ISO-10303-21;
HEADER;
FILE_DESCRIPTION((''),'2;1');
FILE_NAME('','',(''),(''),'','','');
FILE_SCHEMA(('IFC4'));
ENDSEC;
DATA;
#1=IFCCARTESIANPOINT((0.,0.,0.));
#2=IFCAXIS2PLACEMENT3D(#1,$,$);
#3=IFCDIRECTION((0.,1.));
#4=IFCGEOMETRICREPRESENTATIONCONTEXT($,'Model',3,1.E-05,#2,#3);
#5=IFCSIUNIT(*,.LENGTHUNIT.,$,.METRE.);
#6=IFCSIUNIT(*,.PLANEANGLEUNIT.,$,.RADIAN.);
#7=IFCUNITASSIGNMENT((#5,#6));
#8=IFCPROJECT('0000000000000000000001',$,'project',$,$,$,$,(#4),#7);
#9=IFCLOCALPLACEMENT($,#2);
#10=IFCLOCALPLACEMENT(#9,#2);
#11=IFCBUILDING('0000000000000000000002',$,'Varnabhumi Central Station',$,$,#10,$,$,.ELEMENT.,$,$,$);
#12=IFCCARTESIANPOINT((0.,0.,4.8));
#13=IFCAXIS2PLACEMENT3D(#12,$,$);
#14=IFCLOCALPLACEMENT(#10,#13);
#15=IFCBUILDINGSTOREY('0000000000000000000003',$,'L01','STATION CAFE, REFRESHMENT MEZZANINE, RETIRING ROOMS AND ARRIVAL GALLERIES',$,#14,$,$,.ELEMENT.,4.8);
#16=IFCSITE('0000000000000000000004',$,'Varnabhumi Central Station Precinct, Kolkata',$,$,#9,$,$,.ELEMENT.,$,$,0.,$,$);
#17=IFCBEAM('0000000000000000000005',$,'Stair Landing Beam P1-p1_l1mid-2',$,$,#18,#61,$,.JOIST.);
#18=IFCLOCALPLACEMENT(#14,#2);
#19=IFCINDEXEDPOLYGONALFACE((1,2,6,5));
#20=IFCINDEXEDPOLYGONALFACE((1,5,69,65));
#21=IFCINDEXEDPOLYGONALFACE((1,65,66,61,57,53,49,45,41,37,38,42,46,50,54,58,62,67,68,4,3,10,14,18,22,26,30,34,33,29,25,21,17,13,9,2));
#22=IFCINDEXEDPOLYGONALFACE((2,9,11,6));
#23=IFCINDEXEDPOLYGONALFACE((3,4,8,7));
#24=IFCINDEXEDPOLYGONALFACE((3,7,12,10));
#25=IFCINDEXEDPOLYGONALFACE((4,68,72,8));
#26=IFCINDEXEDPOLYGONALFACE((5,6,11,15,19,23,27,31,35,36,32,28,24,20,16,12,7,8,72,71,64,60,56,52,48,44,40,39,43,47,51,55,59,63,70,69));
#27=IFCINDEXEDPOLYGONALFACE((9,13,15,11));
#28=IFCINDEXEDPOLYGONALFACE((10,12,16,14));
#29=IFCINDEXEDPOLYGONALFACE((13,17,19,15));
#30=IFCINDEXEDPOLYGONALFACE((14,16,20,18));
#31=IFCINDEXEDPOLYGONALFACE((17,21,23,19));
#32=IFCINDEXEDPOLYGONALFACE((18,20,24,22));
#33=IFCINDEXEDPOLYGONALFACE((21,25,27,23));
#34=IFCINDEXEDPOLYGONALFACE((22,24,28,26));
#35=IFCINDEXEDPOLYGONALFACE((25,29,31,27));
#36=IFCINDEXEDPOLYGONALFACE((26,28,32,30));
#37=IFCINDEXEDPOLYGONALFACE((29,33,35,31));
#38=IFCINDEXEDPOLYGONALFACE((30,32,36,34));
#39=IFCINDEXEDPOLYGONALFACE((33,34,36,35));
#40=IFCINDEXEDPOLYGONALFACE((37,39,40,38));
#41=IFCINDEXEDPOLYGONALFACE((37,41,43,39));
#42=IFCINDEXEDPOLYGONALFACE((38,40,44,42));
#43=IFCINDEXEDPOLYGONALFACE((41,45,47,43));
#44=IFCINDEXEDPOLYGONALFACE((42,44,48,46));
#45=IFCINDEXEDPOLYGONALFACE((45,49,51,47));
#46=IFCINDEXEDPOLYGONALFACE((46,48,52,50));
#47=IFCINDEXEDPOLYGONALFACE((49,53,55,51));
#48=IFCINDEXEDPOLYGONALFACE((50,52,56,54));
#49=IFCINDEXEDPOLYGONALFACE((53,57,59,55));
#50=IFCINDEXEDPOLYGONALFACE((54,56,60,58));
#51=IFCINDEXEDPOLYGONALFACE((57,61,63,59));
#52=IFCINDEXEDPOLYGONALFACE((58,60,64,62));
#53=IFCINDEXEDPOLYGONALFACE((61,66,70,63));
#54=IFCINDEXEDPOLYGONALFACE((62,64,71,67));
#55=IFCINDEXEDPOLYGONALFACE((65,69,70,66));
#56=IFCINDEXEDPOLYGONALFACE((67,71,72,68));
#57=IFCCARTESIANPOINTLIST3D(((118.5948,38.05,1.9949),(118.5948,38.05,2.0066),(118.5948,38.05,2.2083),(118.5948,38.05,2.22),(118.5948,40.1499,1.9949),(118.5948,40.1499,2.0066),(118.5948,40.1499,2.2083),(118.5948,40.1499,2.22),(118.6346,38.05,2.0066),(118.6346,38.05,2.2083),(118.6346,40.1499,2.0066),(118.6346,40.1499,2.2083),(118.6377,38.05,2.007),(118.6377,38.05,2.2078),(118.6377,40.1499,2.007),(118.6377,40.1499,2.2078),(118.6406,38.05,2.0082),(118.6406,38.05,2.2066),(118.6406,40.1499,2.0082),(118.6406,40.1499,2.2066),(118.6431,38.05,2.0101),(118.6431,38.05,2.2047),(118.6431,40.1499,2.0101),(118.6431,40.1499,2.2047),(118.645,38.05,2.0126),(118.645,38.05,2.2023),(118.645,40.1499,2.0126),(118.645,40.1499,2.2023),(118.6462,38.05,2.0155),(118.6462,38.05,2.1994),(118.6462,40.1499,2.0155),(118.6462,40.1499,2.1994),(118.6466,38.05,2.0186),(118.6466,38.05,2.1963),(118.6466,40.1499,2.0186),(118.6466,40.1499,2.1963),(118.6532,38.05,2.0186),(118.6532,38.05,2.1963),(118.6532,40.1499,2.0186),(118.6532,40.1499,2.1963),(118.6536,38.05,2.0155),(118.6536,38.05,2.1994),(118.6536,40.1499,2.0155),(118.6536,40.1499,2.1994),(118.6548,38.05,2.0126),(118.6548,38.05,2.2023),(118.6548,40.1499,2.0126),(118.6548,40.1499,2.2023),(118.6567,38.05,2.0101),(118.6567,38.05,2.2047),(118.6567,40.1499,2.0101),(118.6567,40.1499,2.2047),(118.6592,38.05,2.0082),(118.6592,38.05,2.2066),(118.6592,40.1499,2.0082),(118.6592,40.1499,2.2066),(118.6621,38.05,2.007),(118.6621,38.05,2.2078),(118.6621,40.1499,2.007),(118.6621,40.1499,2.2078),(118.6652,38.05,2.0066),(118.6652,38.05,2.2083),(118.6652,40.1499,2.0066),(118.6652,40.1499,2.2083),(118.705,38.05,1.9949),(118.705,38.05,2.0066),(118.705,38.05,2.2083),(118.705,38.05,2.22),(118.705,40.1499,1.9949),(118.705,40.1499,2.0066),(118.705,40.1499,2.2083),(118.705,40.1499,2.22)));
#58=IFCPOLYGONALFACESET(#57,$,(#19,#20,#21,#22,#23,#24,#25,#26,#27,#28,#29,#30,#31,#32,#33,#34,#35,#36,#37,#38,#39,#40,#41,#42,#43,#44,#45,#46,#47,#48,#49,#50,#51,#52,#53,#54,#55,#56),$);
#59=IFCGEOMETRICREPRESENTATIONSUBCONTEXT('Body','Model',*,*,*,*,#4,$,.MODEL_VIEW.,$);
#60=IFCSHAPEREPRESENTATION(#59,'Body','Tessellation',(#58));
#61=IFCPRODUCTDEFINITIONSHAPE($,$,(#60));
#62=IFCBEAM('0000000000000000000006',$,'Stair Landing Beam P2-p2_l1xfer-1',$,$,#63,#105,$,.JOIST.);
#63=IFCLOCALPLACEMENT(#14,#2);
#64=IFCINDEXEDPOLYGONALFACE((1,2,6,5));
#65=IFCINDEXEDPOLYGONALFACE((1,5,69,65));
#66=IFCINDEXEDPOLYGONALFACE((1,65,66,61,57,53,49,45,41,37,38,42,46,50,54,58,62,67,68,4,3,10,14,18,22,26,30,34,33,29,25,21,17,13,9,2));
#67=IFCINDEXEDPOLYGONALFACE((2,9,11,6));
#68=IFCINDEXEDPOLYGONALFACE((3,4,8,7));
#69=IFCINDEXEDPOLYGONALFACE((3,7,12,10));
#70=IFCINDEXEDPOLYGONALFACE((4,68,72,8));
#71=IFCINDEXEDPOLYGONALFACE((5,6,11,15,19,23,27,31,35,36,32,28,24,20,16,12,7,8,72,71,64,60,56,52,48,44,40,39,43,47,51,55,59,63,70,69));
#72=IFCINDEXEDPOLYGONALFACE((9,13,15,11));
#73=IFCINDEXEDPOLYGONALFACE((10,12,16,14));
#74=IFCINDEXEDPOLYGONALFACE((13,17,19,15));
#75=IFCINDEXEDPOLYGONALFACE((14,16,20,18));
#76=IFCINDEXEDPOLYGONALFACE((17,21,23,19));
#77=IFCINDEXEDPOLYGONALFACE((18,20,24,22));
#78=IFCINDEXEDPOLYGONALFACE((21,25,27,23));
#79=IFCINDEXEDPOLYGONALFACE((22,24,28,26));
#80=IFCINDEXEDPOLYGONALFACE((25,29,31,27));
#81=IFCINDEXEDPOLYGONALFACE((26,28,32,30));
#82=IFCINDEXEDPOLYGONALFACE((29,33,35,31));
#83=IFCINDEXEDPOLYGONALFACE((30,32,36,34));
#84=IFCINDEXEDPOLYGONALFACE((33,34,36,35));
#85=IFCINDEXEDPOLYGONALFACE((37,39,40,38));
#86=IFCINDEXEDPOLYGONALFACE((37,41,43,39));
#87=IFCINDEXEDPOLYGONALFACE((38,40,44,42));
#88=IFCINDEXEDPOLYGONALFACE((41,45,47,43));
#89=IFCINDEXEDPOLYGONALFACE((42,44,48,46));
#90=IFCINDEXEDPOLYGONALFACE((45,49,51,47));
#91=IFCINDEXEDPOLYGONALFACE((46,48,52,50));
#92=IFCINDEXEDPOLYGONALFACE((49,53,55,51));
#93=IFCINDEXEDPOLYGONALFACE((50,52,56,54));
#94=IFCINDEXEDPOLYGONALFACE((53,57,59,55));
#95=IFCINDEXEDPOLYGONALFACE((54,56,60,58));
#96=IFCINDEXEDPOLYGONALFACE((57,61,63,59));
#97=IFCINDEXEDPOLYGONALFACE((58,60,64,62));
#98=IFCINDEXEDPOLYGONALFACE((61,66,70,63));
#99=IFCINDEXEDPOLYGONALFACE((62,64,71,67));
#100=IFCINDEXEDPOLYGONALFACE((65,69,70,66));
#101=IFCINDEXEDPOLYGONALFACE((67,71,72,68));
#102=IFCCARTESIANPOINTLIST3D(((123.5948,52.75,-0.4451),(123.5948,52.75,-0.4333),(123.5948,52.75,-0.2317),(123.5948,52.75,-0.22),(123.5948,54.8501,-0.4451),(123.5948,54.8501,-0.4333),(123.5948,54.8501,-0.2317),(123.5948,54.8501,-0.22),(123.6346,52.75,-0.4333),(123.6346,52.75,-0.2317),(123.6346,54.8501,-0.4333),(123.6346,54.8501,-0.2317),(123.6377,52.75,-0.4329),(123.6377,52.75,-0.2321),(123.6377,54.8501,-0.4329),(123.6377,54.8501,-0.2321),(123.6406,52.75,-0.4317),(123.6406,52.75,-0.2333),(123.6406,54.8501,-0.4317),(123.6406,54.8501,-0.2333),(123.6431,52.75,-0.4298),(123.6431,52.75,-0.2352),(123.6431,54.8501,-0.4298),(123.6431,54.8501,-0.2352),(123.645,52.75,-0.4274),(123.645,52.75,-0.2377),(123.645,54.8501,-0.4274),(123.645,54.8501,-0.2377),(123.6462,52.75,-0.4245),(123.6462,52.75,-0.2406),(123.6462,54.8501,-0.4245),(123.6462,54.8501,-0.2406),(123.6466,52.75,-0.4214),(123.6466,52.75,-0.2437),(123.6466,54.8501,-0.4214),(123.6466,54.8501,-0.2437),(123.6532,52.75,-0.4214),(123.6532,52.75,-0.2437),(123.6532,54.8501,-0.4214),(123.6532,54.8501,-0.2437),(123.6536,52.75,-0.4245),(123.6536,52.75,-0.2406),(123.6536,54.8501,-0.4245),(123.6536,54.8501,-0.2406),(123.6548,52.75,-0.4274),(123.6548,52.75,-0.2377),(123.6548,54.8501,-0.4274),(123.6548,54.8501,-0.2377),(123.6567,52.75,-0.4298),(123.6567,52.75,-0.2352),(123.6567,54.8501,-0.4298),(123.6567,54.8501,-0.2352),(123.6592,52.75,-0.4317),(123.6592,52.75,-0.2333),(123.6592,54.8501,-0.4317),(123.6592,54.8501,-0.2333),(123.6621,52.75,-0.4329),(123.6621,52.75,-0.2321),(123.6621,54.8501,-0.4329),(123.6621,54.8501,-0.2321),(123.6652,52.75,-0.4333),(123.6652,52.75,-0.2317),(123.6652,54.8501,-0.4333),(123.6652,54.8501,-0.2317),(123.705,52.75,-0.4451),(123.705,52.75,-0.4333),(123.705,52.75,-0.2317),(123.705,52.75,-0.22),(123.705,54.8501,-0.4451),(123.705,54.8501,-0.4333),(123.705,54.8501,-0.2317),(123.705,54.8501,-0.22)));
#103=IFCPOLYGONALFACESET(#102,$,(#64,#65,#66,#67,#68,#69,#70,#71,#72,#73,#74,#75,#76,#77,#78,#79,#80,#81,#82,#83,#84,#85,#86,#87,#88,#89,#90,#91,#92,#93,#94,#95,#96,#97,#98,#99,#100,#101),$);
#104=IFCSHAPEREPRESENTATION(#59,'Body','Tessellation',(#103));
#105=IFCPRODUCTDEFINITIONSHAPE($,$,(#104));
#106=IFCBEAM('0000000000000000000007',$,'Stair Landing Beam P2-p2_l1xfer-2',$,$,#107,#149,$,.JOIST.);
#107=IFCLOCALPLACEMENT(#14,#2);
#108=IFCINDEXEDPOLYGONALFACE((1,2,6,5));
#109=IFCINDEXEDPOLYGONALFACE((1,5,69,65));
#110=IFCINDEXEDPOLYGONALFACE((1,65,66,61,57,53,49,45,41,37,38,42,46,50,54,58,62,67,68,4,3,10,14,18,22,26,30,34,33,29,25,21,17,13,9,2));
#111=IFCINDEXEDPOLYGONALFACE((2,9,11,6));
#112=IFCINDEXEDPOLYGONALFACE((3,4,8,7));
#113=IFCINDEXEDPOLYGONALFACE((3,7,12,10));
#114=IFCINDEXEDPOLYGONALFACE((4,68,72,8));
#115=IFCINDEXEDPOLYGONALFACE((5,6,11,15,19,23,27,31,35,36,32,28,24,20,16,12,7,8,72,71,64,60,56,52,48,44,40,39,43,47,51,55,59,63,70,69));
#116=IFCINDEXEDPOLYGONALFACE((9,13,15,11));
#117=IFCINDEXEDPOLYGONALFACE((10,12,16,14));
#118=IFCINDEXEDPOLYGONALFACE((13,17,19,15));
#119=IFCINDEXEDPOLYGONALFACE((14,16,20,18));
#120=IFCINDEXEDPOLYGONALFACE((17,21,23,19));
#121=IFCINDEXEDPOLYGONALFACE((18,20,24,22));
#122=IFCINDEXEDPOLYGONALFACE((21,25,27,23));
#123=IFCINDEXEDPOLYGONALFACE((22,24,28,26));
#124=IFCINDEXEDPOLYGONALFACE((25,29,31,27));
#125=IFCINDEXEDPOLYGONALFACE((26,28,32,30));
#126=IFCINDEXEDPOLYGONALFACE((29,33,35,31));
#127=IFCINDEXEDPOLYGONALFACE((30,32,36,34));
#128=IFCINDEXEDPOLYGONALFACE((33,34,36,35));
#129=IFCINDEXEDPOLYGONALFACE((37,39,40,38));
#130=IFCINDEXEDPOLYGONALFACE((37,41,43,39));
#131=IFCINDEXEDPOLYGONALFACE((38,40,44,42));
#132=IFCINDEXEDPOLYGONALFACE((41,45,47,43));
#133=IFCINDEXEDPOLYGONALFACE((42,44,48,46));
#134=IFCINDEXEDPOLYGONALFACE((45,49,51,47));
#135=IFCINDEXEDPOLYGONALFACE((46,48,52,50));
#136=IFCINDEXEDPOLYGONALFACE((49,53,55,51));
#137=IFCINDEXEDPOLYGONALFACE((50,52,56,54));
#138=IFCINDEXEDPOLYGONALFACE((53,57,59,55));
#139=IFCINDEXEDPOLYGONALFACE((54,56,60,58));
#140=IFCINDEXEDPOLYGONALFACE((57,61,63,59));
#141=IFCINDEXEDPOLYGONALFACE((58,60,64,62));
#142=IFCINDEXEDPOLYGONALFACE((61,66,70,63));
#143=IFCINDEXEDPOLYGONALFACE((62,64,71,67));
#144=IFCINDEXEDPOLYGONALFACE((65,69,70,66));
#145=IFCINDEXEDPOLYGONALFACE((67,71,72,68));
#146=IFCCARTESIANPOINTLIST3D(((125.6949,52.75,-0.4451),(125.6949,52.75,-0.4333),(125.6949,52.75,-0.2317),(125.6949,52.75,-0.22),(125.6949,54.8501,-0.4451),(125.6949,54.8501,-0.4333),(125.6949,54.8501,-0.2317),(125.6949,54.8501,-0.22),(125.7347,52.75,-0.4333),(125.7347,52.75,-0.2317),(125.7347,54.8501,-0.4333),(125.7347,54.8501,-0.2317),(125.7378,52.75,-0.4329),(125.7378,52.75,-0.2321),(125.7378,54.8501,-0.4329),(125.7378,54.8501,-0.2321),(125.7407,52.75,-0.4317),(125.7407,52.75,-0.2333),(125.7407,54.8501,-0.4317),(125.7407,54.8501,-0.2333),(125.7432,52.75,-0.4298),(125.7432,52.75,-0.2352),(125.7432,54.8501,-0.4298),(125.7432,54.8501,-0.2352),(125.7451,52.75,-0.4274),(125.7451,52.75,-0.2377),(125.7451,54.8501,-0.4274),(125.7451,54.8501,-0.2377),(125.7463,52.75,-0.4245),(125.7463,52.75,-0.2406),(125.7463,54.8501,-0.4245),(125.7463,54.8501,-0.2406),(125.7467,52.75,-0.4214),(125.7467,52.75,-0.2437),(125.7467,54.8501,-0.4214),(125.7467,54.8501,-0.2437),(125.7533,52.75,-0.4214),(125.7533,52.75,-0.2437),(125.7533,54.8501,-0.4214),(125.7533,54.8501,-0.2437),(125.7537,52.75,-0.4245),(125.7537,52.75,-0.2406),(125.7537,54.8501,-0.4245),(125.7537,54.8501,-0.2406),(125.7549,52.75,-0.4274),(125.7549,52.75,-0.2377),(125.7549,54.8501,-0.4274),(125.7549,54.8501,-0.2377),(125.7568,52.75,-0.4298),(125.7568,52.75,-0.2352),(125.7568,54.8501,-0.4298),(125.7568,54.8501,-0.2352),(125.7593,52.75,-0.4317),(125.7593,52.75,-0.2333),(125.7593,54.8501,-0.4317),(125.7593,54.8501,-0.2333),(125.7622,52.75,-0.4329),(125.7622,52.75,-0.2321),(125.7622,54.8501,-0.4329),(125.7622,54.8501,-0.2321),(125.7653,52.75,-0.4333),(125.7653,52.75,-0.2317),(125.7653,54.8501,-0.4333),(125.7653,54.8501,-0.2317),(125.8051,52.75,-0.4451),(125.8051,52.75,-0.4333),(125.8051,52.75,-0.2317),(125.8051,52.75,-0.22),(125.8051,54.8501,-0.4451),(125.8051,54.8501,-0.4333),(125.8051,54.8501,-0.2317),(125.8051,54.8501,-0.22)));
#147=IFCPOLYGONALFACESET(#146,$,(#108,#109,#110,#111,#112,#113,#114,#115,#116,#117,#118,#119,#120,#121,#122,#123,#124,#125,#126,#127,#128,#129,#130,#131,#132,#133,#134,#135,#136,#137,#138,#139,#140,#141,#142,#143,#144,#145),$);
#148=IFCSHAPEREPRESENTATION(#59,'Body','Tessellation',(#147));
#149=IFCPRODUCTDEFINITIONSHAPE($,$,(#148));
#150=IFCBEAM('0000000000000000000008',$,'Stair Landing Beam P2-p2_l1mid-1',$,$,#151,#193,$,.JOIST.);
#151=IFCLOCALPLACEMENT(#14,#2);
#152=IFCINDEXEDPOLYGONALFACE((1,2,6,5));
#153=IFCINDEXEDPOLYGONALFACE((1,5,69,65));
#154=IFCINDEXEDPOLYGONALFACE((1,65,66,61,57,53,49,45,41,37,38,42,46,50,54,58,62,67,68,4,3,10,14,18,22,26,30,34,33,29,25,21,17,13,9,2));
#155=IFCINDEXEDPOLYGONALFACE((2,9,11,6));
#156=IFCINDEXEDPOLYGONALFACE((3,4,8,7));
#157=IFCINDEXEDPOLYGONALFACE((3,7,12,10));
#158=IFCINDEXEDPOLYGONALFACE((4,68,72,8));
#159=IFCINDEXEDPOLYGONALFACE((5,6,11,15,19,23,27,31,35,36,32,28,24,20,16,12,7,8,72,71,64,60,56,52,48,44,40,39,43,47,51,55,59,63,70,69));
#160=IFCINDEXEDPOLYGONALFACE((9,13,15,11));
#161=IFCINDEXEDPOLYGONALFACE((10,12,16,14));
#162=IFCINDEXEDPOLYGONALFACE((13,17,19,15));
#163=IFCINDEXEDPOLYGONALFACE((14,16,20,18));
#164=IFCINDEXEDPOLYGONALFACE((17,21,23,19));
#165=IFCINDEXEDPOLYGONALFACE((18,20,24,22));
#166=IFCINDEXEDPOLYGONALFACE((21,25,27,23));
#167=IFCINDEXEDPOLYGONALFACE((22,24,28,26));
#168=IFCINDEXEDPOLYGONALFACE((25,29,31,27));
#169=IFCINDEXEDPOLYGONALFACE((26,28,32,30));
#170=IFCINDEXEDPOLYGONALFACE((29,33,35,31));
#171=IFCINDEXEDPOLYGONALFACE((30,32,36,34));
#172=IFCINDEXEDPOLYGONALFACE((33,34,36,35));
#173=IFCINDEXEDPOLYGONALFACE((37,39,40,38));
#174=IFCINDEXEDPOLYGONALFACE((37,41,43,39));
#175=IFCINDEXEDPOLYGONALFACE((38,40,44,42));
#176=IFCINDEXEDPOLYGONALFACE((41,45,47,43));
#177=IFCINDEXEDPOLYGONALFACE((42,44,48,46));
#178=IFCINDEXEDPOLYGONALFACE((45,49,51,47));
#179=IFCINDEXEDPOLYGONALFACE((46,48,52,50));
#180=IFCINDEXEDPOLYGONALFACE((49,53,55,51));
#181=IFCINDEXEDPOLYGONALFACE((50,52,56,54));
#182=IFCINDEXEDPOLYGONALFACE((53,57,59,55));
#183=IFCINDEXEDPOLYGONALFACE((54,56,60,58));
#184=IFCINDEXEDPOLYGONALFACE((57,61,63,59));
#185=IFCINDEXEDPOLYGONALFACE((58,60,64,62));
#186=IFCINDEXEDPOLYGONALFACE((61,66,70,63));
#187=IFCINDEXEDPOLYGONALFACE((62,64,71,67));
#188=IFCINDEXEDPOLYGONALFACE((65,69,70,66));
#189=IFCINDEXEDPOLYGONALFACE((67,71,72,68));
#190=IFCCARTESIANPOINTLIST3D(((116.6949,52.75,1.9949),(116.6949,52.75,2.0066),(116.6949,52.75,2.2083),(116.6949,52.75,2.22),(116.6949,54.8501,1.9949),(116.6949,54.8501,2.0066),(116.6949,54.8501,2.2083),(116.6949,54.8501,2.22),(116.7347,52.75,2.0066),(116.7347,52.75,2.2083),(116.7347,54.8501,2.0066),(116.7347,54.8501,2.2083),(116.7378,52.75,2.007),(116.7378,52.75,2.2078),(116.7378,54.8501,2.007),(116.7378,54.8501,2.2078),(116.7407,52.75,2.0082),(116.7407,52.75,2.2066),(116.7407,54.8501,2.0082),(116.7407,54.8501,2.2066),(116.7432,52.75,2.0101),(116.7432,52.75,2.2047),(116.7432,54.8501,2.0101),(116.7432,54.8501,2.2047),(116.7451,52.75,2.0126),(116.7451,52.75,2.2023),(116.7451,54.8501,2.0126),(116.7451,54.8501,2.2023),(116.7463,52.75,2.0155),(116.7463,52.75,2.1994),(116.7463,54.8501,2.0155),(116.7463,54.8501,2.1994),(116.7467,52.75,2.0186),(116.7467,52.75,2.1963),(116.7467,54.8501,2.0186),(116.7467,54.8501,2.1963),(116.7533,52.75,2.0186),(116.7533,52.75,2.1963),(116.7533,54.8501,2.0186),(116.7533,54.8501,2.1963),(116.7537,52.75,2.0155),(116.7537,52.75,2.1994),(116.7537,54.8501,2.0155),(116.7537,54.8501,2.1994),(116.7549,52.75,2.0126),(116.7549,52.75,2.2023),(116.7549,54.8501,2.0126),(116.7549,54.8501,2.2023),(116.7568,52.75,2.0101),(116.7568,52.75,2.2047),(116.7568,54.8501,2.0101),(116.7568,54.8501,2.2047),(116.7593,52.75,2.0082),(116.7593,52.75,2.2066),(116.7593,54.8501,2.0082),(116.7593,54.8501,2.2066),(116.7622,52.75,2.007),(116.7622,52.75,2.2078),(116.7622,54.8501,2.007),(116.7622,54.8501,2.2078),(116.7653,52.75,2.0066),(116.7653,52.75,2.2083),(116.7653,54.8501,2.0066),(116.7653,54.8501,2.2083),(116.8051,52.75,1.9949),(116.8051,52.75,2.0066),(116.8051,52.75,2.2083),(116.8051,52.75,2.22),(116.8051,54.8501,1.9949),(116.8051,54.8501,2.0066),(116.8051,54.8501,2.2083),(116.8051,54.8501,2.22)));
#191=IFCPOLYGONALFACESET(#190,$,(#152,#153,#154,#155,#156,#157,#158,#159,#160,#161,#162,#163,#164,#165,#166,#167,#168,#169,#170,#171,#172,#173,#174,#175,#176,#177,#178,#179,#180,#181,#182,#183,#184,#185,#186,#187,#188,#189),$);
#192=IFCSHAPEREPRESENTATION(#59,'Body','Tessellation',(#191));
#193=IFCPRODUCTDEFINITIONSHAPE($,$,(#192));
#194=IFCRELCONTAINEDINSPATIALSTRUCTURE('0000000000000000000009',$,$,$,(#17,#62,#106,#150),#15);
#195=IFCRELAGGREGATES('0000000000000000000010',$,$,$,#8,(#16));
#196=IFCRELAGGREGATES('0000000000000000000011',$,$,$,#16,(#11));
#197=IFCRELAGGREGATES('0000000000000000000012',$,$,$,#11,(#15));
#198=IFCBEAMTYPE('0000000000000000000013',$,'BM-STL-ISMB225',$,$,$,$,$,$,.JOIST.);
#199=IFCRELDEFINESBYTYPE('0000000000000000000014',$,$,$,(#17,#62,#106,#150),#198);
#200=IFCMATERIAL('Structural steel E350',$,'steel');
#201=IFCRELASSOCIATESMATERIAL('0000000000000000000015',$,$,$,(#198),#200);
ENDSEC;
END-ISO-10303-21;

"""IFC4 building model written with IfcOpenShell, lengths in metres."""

from ifc_helpers import new_model, si_unit, direction, frame, origin, origin_2d, place, context, subcontext, project, spatial, i_section, extrude, material, material_profile, profile_set, type_object, element, save


model = new_model("IFC4")

# Units and contexts
model_context = context("Model", 3, precision=1e-05, world=origin(), true_north=direction((0.0, 1.0)))
body_context = subcontext(model_context, "Body", "Model", "MODEL_VIEW")
ifc_project = project(units=[si_unit("LENGTHUNIT", "METRE"), si_unit("PLANEANGLEUNIT", "RADIAN")], contexts=[model_context])

# Site, building, storey
site_placement = place(None, origin())
site = spatial("IfcSite", under=ifc_project, at=site_placement, Name="Varnabhumi Central Station Precinct, Kolkata", CompositionType="ELEMENT", RefElevation=0.0)
building_placement = place(site_placement, origin())
building = spatial("IfcBuilding", under=site, at=building_placement, Name="Varnabhumi Central Station", CompositionType="ELEMENT")
storey_placement = place(building_placement, frame((0.0, 0.0, 4.8)))
storey = spatial("IfcBuildingStorey", under=building, at=storey_placement, Name="L01", Description="STATION CAFE, REFRESHMENT MEZZANINE, RETIRING ROOMS AND ARRIVAL GALLERIES", CompositionType="ELEMENT", Elevation=4.8)

# Beams
ifc_material_1 = material(Name="Structural steel E350", Category="steel")
ifc_material_profile_1 = material_profile(ifc_material_1, i_section(OverallWidth=0.1101, OverallDepth=0.2251, WebThickness=0.0066, FlangeThickness=0.0117, FilletRadius=0.012, at=origin_2d()), Name="Structural steel E350", Category="steel")
ifc_profile_set_1 = profile_set([ifc_material_profile_1], Name="Structural steel E350")
beam_type_1 = type_object("IfcBeamType", Name="BM-STL-ISMB225", PredefinedType="JOIST", material=ifc_profile_set_1)
for number, where, z_axis, x_axis, name in (
    (1, (118.6499, 38.05, 2.1074), (0.0, 1.0, 0.0), (-1.0, 0.0, 0.0), "Stair Landing Beam P1-p1_l1mid-2"),
):
    element("IfcBeam", number, at=place(storey_placement, frame(where, z_axis=z_axis, x_axis=x_axis)), inside=storey, type_object=beam_type_1, Name=name, PredefinedType="JOIST", context=body_context, shape_type="SweptSolid", body=[
        extrude(i_section(OverallWidth=0.1101, OverallDepth=0.2251, WebThickness=0.0066, FlangeThickness=0.0117, FilletRadius=0.012, at=origin_2d()), origin(), (0.0, 0.0, 1.0), 2.0999),
    ])
for number, where, z_axis, x_axis, name in (
    (2, (123.6499, 52.75, -0.3325), (0.0, 1.0, 0.0), (-1.0, 0.0, 0.0), "Stair Landing Beam P2-p2_l1xfer-1"),
    (3, (125.75, 52.75, -0.3325), (0.0, 1.0, 0.0), (-1.0, 0.0, 0.0), "Stair Landing Beam P2-p2_l1xfer-2"),
    (4, (116.75, 52.75, 2.1074), (0.0, 1.0, 0.0), (-1.0, 0.0, 0.0), "Stair Landing Beam P2-p2_l1mid-1"),
):
    element("IfcBeam", number, at=place(storey_placement, frame(where, z_axis=z_axis, x_axis=x_axis)), inside=storey, type_object=beam_type_1, Name=name, PredefinedType="JOIST", context=body_context, shape_type="SweptSolid", body=[
        extrude(i_section(OverallWidth=0.1101, OverallDepth=0.2251, WebThickness=0.0066, FlangeThickness=0.0117, FilletRadius=0.012, at=origin_2d()), origin(), (0.0, 0.0, 1.0), 2.1001),
    ])

save(model, "model.ifc")
